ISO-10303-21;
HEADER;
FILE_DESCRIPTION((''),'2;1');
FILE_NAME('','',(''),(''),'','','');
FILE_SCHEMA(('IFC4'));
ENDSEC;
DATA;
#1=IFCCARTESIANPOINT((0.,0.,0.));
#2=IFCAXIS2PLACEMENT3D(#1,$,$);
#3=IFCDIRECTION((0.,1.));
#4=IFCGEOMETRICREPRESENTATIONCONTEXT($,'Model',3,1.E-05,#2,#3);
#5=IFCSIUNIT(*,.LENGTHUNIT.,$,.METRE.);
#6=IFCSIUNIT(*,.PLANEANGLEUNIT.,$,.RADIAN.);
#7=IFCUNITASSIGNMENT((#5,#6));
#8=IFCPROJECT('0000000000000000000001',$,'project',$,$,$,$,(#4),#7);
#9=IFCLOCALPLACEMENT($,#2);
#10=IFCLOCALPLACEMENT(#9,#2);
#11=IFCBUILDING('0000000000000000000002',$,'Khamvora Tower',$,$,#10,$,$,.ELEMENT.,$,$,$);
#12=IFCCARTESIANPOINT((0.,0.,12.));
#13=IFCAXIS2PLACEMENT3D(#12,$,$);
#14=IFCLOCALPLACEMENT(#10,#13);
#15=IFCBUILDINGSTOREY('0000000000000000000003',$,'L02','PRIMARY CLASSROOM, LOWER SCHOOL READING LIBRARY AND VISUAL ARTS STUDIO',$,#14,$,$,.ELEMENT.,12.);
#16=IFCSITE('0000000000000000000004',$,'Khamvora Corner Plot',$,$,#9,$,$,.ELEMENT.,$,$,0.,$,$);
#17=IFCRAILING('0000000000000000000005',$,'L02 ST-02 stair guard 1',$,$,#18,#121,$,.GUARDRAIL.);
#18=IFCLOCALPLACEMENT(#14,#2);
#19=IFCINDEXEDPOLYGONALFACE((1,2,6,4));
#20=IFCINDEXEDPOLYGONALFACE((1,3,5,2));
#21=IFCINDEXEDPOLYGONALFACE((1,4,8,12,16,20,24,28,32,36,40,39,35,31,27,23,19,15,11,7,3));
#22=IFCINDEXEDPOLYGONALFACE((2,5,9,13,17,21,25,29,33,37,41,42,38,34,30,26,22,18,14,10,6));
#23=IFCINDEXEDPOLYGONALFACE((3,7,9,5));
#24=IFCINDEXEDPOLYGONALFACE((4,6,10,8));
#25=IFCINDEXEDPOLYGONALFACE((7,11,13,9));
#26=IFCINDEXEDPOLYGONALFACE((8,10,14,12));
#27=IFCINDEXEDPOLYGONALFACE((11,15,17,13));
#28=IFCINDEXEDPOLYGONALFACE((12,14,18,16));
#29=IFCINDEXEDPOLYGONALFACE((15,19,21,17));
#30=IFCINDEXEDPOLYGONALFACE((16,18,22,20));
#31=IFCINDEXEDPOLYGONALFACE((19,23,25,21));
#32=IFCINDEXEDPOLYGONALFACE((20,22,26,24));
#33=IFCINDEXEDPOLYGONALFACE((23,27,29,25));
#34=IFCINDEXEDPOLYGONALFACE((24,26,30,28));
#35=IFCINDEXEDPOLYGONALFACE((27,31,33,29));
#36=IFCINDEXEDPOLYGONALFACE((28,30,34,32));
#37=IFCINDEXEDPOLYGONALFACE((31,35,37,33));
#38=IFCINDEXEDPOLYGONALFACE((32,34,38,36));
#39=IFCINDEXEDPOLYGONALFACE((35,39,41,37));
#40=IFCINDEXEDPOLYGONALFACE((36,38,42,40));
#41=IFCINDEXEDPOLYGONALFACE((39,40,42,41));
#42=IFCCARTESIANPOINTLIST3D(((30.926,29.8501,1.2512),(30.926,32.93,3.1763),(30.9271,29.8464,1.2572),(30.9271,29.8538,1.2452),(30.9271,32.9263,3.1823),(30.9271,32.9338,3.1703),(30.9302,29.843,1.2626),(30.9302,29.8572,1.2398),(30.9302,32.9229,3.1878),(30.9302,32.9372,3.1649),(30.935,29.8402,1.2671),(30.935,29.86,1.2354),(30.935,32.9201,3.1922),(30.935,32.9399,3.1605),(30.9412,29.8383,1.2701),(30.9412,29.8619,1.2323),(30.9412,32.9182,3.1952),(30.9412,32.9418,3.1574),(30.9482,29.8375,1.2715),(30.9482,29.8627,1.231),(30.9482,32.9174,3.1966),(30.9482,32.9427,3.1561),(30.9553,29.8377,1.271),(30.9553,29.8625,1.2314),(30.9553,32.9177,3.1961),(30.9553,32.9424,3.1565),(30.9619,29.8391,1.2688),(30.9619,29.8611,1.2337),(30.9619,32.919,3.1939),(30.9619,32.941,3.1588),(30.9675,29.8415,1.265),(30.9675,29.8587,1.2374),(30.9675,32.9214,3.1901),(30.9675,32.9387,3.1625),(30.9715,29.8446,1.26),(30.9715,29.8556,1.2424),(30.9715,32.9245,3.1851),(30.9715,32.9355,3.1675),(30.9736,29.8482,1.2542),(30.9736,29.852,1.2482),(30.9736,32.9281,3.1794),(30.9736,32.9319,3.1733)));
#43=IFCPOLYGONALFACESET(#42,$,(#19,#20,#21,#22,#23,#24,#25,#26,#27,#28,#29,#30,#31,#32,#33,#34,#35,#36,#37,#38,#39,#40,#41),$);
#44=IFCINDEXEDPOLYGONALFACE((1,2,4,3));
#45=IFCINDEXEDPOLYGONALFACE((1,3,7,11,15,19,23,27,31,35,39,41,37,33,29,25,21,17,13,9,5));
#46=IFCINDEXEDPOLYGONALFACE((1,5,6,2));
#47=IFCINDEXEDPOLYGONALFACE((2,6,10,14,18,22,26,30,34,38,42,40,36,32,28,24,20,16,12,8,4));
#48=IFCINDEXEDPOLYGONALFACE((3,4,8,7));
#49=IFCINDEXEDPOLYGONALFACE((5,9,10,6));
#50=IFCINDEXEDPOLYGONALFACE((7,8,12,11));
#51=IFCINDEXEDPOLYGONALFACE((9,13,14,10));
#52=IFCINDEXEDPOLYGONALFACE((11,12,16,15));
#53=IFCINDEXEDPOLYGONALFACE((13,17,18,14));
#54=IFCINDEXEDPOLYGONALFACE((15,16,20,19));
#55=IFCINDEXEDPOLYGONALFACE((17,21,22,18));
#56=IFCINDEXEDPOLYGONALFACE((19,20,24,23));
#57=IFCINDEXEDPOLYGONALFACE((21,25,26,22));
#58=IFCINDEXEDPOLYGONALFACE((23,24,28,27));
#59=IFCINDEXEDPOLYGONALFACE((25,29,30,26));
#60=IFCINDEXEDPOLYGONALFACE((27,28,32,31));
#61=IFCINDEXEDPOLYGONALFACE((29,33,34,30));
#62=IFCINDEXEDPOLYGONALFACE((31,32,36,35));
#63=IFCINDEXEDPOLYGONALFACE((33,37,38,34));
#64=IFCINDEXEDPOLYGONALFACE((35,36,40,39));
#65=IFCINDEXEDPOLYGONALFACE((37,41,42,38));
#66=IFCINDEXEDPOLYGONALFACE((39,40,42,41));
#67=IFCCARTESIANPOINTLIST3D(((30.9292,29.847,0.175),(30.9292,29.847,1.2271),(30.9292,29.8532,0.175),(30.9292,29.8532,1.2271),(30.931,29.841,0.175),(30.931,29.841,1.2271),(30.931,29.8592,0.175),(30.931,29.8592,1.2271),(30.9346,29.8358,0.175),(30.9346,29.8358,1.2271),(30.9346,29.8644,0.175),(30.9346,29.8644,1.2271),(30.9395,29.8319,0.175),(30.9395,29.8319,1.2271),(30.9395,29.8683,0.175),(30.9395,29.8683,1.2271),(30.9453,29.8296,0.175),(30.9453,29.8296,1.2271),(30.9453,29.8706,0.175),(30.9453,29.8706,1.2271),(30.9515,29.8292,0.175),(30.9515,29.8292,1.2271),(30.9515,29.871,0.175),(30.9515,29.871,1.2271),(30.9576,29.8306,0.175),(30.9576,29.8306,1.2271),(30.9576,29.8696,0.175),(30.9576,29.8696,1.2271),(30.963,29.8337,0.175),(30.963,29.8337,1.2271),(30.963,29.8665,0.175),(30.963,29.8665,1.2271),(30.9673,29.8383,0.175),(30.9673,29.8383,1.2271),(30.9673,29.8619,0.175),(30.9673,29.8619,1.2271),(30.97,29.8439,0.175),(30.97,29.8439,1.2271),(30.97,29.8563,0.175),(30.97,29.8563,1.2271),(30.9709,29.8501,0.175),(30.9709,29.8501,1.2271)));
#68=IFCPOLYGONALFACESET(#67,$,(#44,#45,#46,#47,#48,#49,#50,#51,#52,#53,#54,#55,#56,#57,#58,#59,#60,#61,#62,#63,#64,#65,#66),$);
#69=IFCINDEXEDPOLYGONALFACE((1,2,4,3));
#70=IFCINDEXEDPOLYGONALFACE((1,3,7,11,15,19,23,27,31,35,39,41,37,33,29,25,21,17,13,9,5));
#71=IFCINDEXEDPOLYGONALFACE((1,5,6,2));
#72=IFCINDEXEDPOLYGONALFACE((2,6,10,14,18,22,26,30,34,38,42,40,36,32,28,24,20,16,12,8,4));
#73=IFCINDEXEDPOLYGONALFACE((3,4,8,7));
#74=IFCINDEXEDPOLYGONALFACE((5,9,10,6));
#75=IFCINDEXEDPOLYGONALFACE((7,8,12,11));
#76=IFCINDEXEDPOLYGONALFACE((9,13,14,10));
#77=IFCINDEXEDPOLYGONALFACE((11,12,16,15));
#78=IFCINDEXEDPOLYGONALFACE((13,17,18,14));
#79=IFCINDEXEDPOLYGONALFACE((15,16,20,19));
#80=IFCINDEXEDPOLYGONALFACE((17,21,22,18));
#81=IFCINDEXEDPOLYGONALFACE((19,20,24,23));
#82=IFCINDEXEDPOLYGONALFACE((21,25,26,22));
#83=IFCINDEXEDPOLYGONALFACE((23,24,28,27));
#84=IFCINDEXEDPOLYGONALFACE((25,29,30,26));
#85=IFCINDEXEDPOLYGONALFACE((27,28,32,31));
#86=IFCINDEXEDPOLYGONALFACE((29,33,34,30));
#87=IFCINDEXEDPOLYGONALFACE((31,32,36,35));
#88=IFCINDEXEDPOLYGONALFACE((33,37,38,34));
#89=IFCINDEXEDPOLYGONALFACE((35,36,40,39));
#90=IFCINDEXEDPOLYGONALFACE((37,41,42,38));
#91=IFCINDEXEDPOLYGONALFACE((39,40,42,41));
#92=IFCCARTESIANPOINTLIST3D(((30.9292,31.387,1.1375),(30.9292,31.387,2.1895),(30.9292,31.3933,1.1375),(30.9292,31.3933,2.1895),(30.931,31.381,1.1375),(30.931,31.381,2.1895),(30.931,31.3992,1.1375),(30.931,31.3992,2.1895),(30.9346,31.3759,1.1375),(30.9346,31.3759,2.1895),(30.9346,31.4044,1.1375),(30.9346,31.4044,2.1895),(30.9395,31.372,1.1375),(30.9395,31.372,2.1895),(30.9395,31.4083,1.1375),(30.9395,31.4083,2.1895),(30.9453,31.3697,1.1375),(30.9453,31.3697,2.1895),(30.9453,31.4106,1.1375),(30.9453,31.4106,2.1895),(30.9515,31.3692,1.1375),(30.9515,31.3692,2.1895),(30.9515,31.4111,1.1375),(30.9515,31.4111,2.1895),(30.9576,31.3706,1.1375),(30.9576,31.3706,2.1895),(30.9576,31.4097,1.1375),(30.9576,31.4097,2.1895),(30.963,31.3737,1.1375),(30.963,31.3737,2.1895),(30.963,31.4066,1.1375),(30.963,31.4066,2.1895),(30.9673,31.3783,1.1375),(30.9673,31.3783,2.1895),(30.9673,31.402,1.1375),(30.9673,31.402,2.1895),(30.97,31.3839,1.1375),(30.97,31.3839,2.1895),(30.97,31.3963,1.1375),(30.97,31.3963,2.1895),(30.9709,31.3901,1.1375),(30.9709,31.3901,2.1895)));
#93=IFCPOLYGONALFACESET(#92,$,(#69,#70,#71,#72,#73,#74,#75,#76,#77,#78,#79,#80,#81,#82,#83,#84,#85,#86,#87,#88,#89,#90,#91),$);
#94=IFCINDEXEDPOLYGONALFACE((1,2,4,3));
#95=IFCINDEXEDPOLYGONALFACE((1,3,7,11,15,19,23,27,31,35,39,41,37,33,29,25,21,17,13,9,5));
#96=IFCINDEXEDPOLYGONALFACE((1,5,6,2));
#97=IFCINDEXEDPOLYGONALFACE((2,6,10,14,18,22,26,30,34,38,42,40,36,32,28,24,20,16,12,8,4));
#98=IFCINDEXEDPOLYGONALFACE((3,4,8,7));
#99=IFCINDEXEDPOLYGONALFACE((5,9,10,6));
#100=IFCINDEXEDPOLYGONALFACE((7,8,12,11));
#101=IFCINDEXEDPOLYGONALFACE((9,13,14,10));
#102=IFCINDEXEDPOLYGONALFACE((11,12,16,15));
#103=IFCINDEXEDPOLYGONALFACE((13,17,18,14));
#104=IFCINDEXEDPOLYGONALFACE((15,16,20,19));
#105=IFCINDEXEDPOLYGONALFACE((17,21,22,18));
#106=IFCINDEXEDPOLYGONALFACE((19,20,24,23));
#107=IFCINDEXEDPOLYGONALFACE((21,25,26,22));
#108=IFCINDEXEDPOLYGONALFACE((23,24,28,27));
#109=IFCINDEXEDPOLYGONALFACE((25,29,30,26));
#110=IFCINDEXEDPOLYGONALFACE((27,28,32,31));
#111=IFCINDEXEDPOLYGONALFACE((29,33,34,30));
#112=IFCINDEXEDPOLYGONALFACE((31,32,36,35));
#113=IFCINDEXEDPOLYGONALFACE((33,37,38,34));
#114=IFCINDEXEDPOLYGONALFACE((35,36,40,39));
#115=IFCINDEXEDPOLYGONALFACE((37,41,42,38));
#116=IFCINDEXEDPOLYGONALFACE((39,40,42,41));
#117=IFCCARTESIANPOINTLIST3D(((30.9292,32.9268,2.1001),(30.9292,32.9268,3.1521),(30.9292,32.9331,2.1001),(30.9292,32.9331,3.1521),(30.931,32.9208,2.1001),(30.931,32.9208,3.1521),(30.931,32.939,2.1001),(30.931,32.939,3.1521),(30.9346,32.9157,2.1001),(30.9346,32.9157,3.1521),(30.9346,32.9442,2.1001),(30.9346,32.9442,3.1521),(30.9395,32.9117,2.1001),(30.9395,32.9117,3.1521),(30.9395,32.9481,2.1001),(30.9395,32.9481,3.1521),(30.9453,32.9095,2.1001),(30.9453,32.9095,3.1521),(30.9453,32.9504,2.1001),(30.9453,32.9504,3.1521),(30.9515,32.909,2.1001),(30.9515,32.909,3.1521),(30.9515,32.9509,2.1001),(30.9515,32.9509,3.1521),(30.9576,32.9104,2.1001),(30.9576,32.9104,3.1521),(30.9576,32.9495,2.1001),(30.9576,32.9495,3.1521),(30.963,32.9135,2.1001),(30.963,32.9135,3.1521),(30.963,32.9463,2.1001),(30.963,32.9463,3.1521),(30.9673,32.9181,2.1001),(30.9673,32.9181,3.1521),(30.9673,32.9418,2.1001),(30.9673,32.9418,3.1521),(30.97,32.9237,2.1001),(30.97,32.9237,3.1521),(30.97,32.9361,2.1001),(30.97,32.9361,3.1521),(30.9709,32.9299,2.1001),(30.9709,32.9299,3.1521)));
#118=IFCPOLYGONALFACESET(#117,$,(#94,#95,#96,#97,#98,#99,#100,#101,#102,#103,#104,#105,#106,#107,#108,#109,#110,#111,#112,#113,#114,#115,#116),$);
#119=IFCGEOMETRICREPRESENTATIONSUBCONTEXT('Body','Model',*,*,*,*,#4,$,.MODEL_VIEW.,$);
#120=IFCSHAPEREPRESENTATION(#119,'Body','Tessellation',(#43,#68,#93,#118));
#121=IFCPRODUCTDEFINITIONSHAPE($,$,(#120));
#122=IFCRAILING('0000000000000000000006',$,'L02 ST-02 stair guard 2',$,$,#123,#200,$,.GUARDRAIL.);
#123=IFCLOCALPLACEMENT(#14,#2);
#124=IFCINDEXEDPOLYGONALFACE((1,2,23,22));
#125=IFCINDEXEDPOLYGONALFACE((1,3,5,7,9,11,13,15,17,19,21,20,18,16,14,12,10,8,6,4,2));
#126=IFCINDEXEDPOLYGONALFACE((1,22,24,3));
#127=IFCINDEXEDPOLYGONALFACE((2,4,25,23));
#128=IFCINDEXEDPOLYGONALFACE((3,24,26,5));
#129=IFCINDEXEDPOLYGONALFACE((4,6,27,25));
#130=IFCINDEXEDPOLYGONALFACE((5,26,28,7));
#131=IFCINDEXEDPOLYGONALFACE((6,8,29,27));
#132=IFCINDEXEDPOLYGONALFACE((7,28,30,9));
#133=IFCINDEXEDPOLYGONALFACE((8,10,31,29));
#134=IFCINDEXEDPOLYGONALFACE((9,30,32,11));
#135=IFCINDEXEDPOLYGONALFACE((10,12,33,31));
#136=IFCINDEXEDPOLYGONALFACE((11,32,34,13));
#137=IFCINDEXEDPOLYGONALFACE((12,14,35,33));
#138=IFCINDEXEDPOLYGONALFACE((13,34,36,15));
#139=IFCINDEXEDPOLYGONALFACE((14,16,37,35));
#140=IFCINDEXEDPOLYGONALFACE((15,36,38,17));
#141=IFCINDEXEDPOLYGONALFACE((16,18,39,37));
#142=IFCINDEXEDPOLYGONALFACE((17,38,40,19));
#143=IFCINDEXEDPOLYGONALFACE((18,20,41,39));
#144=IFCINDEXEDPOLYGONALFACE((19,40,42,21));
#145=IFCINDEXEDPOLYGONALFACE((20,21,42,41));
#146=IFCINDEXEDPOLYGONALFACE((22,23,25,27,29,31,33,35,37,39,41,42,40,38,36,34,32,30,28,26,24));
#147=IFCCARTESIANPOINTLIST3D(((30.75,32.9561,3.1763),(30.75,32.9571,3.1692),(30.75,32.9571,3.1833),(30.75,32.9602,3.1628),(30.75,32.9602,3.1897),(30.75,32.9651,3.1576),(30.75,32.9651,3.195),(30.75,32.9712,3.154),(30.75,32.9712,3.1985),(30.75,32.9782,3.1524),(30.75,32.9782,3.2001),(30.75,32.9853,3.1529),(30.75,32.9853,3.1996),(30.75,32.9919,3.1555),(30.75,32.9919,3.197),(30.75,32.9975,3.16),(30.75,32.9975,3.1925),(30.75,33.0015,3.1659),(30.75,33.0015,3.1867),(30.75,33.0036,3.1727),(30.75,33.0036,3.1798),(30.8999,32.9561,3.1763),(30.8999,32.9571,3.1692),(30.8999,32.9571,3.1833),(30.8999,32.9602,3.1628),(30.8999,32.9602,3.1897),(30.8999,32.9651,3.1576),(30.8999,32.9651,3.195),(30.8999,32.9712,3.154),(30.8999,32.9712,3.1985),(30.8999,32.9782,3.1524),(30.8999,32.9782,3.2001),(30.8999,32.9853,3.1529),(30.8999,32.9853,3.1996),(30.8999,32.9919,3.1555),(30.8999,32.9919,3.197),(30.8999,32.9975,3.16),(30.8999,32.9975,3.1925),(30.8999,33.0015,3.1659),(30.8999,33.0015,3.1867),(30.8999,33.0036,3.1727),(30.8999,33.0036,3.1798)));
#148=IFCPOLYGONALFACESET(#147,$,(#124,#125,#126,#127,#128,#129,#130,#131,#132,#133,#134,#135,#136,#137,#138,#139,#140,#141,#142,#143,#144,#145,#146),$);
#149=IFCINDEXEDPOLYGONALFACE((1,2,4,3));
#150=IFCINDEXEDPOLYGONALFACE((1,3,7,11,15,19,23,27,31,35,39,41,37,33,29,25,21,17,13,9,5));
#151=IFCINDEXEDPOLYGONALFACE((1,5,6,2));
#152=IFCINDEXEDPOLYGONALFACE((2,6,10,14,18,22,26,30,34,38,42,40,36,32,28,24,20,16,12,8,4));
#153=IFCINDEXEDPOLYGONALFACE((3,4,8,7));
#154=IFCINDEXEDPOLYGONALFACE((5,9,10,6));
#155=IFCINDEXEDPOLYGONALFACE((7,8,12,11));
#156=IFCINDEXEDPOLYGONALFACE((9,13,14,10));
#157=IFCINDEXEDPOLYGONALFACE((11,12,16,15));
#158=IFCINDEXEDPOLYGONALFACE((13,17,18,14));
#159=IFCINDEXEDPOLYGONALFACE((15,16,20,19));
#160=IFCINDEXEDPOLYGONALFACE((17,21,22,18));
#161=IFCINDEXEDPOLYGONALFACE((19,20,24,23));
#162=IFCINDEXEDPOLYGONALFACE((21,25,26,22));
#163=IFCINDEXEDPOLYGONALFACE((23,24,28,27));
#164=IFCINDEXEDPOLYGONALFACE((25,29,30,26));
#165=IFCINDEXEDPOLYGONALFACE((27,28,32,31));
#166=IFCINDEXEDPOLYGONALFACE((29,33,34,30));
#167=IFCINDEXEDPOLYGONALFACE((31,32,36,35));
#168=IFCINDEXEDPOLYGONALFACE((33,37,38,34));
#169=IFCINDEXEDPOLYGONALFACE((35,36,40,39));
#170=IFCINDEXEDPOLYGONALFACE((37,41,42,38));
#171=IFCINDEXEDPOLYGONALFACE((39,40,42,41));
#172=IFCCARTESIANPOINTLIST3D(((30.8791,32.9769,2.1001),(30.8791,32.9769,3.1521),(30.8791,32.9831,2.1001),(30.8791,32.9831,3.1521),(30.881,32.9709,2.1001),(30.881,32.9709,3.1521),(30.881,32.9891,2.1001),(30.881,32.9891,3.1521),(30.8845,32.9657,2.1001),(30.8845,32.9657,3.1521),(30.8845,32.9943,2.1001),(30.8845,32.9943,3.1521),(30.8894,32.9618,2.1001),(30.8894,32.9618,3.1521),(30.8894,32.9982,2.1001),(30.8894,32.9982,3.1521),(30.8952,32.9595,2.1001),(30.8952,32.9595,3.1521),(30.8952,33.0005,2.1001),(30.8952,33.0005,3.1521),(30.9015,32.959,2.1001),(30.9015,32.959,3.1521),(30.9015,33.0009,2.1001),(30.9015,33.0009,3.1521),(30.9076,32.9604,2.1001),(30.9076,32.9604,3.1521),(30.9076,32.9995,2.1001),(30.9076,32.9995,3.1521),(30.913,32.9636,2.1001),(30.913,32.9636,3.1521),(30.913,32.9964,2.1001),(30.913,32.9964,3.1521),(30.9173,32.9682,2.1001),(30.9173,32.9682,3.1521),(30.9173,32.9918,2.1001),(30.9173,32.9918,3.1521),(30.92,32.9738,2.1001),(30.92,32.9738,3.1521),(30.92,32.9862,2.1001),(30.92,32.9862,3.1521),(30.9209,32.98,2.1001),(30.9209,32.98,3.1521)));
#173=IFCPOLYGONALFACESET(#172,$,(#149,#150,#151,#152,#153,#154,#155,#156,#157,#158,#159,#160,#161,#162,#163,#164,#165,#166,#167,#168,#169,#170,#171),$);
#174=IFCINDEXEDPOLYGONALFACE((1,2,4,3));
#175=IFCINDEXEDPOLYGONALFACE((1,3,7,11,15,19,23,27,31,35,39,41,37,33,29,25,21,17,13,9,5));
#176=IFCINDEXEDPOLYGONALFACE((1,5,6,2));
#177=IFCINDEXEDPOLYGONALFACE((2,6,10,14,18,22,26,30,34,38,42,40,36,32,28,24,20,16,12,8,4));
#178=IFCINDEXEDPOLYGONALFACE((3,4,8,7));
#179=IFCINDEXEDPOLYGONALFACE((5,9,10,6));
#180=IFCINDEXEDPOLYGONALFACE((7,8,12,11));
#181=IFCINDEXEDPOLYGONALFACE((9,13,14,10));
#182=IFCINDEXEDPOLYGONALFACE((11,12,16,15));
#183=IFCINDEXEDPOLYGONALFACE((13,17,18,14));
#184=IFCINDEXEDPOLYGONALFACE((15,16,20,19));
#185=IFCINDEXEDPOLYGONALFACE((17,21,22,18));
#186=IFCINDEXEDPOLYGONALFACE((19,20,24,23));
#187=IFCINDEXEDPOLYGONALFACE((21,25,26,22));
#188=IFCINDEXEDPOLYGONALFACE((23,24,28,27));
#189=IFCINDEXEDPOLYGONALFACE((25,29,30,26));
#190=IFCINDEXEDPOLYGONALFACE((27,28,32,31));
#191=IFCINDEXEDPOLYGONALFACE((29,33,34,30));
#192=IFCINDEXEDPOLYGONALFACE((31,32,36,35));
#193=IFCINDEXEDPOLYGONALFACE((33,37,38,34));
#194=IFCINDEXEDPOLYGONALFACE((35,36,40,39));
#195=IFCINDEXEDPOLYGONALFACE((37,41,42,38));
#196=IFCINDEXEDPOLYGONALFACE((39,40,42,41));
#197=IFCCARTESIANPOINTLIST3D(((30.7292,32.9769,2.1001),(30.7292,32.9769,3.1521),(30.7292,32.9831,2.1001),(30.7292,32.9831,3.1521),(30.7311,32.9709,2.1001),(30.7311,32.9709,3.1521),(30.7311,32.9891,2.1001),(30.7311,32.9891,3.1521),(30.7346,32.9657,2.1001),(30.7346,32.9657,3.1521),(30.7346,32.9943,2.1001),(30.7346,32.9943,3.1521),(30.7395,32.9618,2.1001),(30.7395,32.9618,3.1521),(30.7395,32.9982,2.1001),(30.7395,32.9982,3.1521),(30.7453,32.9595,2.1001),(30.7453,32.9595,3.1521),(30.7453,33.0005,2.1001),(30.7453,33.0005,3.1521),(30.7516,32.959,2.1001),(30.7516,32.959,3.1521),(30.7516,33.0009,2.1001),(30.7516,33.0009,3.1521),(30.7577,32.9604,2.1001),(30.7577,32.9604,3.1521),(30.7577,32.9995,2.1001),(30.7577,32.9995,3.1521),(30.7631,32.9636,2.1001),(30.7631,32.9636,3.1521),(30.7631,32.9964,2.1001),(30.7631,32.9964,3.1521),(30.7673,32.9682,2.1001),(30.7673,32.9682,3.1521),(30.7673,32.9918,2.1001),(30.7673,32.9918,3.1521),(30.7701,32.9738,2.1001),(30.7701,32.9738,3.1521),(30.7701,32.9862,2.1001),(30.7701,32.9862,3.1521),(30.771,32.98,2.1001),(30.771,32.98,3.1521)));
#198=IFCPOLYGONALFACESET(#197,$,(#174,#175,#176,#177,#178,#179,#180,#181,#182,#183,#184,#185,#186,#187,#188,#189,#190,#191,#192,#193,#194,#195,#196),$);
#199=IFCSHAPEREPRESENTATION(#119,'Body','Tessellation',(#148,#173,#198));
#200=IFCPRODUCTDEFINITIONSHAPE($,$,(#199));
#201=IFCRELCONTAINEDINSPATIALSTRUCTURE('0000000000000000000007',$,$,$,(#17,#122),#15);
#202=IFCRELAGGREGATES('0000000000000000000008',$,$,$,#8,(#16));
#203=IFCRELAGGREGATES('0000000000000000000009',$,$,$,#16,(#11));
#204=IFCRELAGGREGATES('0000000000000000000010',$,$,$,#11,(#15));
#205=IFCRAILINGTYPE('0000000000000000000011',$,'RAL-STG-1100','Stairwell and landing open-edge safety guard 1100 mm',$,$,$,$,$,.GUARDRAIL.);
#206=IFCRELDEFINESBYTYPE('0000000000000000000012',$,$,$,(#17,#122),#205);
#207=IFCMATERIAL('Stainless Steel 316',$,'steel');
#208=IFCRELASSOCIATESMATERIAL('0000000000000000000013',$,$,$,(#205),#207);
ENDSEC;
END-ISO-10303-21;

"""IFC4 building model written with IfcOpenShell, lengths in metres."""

from ifc_helpers import new_model, si_unit, direction, frame, origin, origin_2d, place, context, subcontext, project, spatial, circle, extrude, material, type_object, element, save


model = new_model("IFC4")

# Units and contexts
model_context = context("Model", 3, precision=1e-05, world=origin(), true_north=direction((0.0, 1.0)))
body_context = subcontext(model_context, "Body", "Model", "MODEL_VIEW")
ifc_project = project(units=[si_unit("LENGTHUNIT", "METRE"), si_unit("PLANEANGLEUNIT", "RADIAN")], contexts=[model_context])

# Site, building, storey
site_placement = place(None, origin())
site = spatial("IfcSite", under=ifc_project, at=site_placement, Name="Khamvora Corner Plot", CompositionType="ELEMENT", RefElevation=0.0)
building_placement = place(site_placement, origin())
building = spatial("IfcBuilding", under=site, at=building_placement, Name="Khamvora Tower", CompositionType="ELEMENT")
storey_placement = place(building_placement, frame((0.0, 0.0, 12.0)))
storey = spatial("IfcBuildingStorey", under=building, at=storey_placement, Name="L02", Description="PRIMARY CLASSROOM, LOWER SCHOOL READING LIBRARY AND VISUAL ARTS STUDIO", CompositionType="ELEMENT", Elevation=12.0)

# Railings
ifc_material_1 = material(Name="Stainless Steel 316", Category="steel")
railing_type_1 = type_object("IfcRailingType", Name="RAL-STG-1100", Description="Stairwell and landing open-edge safety guard 1100 mm", PredefinedType="GUARDRAIL", material=ifc_material_1)
railing_1_placement = place(storey_placement, frame((30.95, 29.8501, 0.175)))
element("IfcRailing", 1, at=railing_1_placement, inside=storey, type_object=railing_type_1, Name="L02 ST-02 stair guard 1", PredefinedType="GUARDRAIL", context=body_context, shape_type="SweptSolid", body=[
    extrude(circle(Radius=0.0239, at=origin_2d()), frame((0.0, 0.0, 1.0762), z_axis=(0.0, 0.847979, 0.530029), x_axis=(-1.0, 0.0, 0.0)), (0.0, 0.0, 1.0), 3.6321),
    extrude(circle(Radius=0.021, at=origin_2d()), origin(), (0.0, 0.0, 1.0), 1.052),
    extrude(circle(Radius=0.021, at=origin_2d()), frame((0.0, 1.54, 0.9624)), (0.0, 0.0, 1.0), 1.052),
    extrude(circle(Radius=0.021, at=origin_2d()), frame((0.0, 3.0798, 1.925)), (0.0, 0.0, 1.0), 1.052),
])
railing_2_placement = place(storey_placement, frame((30.8999, 32.98, 2.1001)))
element("IfcRailing", 2, at=railing_2_placement, inside=storey, type_object=railing_type_1, Name="L02 ST-02 stair guard 2", PredefinedType="GUARDRAIL", context=body_context, shape_type="SweptSolid", body=[
    extrude(circle(Radius=0.0239, at=origin_2d()), frame((0.0, 0.0, 1.0762), z_axis=(-1.0, 0.0, 0.0), x_axis=(0.0, -1.0, 0.0)), (0.0, 0.0, 1.0), 0.1499),
    extrude(circle(Radius=0.021, at=origin_2d()), origin(), (0.0, 0.0, 1.0), 1.052),
    extrude(circle(Radius=0.021, at=origin_2d()), frame((-0.1499, 0.0, 0.0)), (0.0, 0.0, 1.0), 1.052),
])

save(model, "model.ifc")
